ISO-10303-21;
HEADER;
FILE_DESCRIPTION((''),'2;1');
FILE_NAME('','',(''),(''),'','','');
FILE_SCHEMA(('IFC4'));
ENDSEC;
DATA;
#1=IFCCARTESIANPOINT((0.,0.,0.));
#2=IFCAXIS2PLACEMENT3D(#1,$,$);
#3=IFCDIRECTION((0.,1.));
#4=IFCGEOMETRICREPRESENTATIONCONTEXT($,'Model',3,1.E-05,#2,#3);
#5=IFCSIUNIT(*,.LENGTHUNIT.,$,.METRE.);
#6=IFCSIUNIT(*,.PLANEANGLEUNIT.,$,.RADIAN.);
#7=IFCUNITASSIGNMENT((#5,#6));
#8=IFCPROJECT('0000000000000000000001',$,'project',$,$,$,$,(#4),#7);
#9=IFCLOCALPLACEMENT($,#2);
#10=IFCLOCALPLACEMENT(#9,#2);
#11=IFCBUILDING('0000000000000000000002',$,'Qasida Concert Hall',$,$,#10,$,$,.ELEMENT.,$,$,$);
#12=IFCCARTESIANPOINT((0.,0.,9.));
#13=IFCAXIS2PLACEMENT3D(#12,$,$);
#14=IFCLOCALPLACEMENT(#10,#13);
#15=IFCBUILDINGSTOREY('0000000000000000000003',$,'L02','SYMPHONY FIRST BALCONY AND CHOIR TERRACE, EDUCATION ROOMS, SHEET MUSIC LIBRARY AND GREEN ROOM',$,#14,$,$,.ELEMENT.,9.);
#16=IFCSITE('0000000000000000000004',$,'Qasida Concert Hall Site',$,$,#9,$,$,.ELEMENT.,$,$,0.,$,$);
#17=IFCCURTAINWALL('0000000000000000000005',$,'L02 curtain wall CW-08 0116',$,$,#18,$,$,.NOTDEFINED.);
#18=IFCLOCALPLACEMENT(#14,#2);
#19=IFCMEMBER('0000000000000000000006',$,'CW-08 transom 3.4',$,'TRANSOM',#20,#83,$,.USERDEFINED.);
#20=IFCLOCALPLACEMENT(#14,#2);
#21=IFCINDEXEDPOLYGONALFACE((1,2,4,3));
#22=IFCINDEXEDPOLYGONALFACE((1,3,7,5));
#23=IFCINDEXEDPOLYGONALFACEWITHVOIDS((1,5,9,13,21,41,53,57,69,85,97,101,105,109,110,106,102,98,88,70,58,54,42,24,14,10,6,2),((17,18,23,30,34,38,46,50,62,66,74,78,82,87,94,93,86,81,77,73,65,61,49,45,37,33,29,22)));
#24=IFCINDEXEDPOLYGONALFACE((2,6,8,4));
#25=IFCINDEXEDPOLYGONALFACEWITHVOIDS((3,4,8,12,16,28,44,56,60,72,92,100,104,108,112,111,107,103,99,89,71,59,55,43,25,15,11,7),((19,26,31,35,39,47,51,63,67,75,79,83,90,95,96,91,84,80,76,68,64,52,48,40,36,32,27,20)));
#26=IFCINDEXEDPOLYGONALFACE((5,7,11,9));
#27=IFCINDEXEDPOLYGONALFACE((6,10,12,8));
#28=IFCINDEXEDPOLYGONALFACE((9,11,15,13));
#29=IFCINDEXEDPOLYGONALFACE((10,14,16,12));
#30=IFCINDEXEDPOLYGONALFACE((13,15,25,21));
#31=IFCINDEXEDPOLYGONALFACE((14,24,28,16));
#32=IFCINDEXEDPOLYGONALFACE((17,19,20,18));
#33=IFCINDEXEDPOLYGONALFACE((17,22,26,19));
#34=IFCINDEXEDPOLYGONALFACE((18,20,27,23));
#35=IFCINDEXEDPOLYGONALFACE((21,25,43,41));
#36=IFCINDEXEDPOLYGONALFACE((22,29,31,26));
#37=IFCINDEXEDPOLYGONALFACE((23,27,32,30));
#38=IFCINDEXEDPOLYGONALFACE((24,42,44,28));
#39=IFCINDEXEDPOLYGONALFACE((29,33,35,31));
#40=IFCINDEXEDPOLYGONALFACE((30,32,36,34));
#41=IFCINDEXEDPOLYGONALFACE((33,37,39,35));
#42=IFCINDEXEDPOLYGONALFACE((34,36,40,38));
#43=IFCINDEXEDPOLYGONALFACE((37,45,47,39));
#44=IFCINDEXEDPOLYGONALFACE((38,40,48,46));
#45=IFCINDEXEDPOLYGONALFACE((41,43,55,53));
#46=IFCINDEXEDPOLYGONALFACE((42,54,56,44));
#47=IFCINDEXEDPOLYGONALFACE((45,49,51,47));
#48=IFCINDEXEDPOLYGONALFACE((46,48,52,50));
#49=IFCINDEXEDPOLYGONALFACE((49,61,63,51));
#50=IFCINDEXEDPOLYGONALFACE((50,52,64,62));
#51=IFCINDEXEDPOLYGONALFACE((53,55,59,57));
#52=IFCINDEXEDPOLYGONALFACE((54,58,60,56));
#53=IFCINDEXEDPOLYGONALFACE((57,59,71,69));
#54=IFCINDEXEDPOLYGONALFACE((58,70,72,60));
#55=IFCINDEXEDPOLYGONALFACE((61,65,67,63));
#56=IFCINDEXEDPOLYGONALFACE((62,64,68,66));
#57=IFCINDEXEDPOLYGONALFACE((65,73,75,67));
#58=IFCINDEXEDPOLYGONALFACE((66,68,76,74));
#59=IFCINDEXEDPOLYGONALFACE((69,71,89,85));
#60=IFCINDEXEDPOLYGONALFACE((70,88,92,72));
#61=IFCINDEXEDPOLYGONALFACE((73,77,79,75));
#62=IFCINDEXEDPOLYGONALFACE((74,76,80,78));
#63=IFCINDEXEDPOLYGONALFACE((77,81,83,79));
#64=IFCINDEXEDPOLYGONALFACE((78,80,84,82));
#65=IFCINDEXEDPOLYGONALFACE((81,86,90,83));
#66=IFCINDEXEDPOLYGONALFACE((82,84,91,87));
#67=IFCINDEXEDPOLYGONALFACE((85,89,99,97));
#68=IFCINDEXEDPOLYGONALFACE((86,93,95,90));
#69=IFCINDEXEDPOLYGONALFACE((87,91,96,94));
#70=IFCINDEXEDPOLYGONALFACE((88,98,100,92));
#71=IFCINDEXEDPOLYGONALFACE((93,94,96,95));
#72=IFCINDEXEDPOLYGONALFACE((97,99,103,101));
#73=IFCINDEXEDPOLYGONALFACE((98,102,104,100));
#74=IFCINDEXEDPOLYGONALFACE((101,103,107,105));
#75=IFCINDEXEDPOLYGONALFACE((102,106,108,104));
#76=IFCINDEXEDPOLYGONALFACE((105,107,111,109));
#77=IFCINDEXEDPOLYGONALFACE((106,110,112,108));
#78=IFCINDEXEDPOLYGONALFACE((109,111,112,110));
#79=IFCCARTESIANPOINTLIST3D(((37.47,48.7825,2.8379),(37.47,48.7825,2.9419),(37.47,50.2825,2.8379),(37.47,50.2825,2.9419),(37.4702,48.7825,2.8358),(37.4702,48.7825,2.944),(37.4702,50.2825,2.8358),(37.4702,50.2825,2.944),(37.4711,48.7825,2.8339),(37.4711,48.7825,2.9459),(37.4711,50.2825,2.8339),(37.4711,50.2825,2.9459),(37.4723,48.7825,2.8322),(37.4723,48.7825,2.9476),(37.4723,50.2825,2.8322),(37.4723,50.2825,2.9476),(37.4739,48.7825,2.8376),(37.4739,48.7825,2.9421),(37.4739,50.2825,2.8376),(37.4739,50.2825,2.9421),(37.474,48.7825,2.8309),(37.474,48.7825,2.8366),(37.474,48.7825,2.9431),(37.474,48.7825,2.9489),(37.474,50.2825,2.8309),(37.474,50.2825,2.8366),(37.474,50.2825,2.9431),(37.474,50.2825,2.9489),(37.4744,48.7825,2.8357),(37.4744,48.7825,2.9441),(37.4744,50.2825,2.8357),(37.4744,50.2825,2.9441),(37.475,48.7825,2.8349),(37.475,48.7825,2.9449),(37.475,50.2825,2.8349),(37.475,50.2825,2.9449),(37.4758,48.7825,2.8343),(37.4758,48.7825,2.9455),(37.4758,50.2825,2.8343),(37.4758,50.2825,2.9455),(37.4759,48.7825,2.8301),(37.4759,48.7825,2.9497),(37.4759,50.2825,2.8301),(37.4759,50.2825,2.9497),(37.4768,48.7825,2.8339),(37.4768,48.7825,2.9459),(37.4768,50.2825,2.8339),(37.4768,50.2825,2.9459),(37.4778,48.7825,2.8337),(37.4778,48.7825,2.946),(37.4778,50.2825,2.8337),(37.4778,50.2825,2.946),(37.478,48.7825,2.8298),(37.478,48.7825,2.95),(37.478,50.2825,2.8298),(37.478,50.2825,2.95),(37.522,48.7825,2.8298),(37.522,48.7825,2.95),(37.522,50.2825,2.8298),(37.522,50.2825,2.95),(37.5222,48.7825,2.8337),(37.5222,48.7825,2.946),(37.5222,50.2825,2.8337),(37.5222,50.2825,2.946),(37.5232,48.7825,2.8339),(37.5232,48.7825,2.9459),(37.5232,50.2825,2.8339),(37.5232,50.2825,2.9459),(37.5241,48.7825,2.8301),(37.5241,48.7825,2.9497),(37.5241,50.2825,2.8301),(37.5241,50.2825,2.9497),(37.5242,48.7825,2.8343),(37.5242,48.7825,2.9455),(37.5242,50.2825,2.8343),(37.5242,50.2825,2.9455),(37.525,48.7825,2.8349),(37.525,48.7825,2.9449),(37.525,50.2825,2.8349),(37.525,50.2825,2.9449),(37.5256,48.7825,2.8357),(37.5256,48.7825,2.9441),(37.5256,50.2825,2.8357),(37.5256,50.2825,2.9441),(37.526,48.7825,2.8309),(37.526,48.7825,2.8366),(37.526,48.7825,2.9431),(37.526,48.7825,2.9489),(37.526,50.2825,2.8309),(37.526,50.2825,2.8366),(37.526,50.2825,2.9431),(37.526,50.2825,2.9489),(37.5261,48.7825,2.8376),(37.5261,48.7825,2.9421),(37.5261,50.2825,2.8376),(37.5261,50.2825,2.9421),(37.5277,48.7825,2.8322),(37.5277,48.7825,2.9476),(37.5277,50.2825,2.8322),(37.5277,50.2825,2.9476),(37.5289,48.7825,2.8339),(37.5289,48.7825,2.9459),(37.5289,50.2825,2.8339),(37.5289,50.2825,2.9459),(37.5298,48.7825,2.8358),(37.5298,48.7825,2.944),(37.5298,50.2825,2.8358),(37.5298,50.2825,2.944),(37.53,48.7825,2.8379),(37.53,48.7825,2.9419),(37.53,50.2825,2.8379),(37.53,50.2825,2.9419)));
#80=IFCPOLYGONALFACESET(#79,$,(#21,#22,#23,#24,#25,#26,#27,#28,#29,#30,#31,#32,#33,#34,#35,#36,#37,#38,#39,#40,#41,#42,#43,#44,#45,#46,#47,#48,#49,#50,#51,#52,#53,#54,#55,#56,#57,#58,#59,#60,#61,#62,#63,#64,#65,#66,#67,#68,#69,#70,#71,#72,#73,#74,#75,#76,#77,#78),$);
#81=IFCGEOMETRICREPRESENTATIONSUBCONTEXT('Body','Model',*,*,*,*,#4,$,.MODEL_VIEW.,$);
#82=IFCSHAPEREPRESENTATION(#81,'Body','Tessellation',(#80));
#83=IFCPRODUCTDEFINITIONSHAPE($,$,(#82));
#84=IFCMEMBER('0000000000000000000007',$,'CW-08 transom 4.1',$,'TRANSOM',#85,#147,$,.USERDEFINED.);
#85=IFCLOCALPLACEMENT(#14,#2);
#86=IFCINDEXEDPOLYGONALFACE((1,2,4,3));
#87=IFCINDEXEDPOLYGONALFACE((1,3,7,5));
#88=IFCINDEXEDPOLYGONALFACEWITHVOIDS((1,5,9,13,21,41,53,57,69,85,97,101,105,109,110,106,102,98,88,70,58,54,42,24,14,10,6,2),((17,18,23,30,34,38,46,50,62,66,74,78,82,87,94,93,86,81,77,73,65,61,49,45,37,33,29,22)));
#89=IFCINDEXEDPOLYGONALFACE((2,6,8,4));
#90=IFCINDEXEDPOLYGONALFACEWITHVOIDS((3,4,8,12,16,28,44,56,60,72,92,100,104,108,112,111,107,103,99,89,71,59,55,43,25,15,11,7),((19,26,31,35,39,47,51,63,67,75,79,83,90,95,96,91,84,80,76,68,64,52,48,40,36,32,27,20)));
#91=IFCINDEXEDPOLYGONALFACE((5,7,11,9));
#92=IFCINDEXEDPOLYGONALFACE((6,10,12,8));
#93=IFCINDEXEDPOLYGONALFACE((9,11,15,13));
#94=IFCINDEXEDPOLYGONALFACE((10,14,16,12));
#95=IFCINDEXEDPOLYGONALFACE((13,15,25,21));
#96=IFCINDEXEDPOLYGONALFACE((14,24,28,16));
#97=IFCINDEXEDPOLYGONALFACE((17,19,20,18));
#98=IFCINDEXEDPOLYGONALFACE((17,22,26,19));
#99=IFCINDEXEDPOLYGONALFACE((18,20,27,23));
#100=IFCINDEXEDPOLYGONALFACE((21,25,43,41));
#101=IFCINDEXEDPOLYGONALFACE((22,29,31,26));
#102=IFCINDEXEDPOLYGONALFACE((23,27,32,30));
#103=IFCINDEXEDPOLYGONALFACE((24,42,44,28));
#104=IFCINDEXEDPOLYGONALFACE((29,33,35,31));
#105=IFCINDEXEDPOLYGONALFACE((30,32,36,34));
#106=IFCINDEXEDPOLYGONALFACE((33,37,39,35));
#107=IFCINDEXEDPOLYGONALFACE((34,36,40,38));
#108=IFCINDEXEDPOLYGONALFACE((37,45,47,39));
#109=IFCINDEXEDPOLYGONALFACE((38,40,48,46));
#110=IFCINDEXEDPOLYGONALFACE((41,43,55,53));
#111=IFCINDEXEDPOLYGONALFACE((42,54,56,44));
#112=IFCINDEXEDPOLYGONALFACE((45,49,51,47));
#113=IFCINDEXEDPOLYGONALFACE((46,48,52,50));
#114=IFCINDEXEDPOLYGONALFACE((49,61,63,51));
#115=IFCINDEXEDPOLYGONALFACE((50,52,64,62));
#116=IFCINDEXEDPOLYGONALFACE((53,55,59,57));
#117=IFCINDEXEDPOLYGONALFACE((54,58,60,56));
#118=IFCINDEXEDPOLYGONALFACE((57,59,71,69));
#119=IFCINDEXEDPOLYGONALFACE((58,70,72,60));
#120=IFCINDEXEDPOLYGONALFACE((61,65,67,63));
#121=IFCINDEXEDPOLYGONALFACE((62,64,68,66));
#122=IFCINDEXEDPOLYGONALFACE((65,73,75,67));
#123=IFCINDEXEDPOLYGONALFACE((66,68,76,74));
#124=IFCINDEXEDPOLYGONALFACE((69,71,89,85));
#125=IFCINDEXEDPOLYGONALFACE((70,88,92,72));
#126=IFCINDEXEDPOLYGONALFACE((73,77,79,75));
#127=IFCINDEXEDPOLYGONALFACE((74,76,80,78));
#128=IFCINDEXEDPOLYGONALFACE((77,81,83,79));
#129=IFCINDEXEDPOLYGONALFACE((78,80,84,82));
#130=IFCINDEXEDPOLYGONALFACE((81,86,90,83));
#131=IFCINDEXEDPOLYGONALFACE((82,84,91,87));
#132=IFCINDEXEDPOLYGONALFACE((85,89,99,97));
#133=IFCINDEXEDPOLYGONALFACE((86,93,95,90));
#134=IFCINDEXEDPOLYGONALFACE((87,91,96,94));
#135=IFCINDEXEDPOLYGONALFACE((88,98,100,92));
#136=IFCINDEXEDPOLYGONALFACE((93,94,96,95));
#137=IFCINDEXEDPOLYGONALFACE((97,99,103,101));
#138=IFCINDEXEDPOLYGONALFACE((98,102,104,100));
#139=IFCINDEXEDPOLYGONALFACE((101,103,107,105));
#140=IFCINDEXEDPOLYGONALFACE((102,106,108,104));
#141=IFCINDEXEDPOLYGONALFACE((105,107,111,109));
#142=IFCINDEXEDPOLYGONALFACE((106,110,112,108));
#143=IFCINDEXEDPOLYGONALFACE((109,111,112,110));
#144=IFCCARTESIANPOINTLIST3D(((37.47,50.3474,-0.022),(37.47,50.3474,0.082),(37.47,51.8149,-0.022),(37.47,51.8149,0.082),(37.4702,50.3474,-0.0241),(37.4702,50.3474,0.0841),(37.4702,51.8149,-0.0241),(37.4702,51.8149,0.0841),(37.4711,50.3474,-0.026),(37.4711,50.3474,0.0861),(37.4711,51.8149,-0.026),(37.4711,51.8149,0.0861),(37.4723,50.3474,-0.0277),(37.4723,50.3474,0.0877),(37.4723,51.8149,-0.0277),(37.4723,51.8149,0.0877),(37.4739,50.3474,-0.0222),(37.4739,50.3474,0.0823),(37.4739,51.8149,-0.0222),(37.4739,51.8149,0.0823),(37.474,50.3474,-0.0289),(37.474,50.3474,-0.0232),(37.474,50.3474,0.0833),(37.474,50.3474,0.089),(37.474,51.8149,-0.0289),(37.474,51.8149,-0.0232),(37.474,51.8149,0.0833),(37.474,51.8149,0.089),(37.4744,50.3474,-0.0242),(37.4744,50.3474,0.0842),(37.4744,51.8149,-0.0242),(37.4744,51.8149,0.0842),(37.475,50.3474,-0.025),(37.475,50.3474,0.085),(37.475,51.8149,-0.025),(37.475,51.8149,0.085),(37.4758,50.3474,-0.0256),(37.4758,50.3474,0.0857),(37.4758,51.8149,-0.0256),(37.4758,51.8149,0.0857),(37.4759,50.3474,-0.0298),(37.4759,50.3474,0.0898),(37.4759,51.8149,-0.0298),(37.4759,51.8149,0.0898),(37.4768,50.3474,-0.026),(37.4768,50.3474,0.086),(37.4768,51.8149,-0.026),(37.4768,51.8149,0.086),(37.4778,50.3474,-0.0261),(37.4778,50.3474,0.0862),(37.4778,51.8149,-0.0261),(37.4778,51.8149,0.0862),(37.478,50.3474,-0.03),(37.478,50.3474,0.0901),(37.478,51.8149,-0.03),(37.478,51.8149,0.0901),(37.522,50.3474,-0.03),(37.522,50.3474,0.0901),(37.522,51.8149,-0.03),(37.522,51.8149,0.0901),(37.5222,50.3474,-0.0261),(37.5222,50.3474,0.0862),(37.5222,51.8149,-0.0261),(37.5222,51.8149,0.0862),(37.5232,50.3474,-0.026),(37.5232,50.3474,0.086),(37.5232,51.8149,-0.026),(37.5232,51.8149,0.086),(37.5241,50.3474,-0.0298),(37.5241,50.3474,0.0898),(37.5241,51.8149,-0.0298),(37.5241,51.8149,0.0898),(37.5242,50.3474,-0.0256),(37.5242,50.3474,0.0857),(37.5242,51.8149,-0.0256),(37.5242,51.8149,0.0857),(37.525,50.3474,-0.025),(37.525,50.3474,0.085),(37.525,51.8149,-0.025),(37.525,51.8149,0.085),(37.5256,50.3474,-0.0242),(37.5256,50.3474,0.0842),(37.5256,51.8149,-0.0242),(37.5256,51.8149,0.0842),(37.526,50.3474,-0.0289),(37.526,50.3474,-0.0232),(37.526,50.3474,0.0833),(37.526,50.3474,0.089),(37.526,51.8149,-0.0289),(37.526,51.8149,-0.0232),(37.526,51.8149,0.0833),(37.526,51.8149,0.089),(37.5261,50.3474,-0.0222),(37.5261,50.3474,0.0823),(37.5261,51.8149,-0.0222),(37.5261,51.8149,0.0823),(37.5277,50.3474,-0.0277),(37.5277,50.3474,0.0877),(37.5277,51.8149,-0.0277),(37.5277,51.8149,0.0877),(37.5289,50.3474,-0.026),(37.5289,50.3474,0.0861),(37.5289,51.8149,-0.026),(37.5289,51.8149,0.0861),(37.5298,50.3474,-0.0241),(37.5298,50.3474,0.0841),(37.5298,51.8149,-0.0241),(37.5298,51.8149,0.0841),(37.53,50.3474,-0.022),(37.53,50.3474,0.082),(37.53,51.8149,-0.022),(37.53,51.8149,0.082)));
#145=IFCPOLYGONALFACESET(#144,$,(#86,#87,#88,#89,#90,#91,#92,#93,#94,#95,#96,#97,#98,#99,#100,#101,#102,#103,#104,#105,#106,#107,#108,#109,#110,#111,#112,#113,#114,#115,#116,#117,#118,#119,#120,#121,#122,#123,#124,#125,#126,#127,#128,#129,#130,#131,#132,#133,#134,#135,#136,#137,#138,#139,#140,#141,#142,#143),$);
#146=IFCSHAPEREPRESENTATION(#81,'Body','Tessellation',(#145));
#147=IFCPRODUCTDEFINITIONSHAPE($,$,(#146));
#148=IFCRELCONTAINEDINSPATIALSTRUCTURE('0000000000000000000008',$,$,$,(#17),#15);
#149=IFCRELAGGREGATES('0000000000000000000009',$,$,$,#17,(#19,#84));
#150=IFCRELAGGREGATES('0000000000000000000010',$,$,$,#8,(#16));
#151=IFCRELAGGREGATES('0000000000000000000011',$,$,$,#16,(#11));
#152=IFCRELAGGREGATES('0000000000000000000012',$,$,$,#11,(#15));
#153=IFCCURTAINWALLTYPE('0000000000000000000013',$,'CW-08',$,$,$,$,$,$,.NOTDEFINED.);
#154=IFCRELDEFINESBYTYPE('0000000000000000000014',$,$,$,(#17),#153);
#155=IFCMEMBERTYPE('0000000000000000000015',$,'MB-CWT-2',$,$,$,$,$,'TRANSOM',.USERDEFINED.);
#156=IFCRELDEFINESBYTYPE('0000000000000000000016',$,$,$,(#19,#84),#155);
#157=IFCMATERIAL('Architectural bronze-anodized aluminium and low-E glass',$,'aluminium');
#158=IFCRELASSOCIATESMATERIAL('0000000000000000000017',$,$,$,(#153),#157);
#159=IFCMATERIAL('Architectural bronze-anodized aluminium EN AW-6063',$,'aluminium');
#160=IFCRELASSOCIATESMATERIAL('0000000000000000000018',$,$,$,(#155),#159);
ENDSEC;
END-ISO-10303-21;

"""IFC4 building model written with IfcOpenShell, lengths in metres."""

from ifc_helpers import new_model, si_unit, direction, frame, origin, origin_2d, place, context, subcontext, project, spatial, hollow_rectangle, extrude, material, material_profile, profile_set, type_object, element, aggregate, save


model = new_model("IFC4")

# Units and contexts
model_context = context("Model", 3, precision=1e-05, world=origin(), true_north=direction((0.0, 1.0)))
body_context = subcontext(model_context, "Body", "Model", "MODEL_VIEW")
ifc_project = project(units=[si_unit("LENGTHUNIT", "METRE"), si_unit("PLANEANGLEUNIT", "RADIAN")], contexts=[model_context])

# Site, building, storey
site_placement = place(None, origin())
site = spatial("IfcSite", under=ifc_project, at=site_placement, Name="Qasida Concert Hall Site", CompositionType="ELEMENT", RefElevation=0.0)
building_placement = place(site_placement, origin())
building = spatial("IfcBuilding", under=site, at=building_placement, Name="Qasida Concert Hall", CompositionType="ELEMENT")
storey_placement = place(building_placement, frame((0.0, 0.0, 9.0)))
storey = spatial("IfcBuildingStorey", under=building, at=storey_placement, Name="L02", Description="SYMPHONY FIRST BALCONY AND CHOIR TERRACE, EDUCATION ROOMS, SHEET MUSIC LIBRARY AND GREEN ROOM", CompositionType="ELEMENT", Elevation=9.0)

# Curtain wall, members
ifc_material_1 = material(Name="Architectural bronze-anodized aluminium and low-E glass", Category="aluminium")
curtain_wall_type = type_object("IfcCurtainWallType", Name="CW-08", PredefinedType="NOTDEFINED", material=ifc_material_1)
curtain_wall_placement = place(storey_placement, origin())
curtain_wall = element("IfcCurtainWall", 1, at=curtain_wall_placement, inside=storey, type_object=curtain_wall_type, Name="L02 curtain wall CW-08 0116", PredefinedType="NOTDEFINED")
ifc_material_2 = material(Name="Architectural bronze-anodized aluminium EN AW-6063", Category="aluminium")
ifc_material_profile_1 = material_profile(ifc_material_2, hollow_rectangle(XDim=0.0601, YDim=0.1201, WallThickness=0.0039, InnerFilletRadius=0.0039, OuterFilletRadius=0.0081, at=origin_2d()), Name="CWT 120x60x4")
ifc_profile_set_1 = profile_set([ifc_material_profile_1], Name="Architectural bronze-anodized aluminium EN AW-6063")
member_type_1 = type_object("IfcMemberType", Name="MB-CWT-2", ElementType="TRANSOM", PredefinedType="USERDEFINED", material=ifc_profile_set_1)
member_1_placement = place(storey_placement, frame((37.5, 48.7825, 2.8899), z_axis=(0.0, 1.0, 0.0), x_axis=(-1.0, 0.0, 0.0)))
member_1 = element("IfcMember", 2, at=member_1_placement, type_object=member_type_1, Name="CW-08 transom 3.4", ObjectType="TRANSOM", PredefinedType="USERDEFINED", context=body_context, shape_type="SweptSolid", body=[
    extrude(hollow_rectangle(XDim=0.0601, YDim=0.1201, WallThickness=0.0039, InnerFilletRadius=0.0039, OuterFilletRadius=0.0081, at=origin_2d()), origin(), (0.0, 0.0, 1.0), 1.5),
])
member_2_placement = place(storey_placement, frame((37.5, 50.3474, 0.03), z_axis=(0.0, 1.0, 0.0), x_axis=(-1.0, 0.0, 0.0)))
member_2 = element("IfcMember", 3, at=member_2_placement, type_object=member_type_1, Name="CW-08 transom 4.1", ObjectType="TRANSOM", PredefinedType="USERDEFINED", context=body_context, shape_type="SweptSolid", body=[
    extrude(hollow_rectangle(XDim=0.0601, YDim=0.1201, WallThickness=0.0039, InnerFilletRadius=0.0039, OuterFilletRadius=0.0081, at=origin_2d()), origin(), (0.0, 0.0, 1.0), 1.4675),
])
aggregate(curtain_wall, [member_1, member_2])

save(model, "model.ifc")
